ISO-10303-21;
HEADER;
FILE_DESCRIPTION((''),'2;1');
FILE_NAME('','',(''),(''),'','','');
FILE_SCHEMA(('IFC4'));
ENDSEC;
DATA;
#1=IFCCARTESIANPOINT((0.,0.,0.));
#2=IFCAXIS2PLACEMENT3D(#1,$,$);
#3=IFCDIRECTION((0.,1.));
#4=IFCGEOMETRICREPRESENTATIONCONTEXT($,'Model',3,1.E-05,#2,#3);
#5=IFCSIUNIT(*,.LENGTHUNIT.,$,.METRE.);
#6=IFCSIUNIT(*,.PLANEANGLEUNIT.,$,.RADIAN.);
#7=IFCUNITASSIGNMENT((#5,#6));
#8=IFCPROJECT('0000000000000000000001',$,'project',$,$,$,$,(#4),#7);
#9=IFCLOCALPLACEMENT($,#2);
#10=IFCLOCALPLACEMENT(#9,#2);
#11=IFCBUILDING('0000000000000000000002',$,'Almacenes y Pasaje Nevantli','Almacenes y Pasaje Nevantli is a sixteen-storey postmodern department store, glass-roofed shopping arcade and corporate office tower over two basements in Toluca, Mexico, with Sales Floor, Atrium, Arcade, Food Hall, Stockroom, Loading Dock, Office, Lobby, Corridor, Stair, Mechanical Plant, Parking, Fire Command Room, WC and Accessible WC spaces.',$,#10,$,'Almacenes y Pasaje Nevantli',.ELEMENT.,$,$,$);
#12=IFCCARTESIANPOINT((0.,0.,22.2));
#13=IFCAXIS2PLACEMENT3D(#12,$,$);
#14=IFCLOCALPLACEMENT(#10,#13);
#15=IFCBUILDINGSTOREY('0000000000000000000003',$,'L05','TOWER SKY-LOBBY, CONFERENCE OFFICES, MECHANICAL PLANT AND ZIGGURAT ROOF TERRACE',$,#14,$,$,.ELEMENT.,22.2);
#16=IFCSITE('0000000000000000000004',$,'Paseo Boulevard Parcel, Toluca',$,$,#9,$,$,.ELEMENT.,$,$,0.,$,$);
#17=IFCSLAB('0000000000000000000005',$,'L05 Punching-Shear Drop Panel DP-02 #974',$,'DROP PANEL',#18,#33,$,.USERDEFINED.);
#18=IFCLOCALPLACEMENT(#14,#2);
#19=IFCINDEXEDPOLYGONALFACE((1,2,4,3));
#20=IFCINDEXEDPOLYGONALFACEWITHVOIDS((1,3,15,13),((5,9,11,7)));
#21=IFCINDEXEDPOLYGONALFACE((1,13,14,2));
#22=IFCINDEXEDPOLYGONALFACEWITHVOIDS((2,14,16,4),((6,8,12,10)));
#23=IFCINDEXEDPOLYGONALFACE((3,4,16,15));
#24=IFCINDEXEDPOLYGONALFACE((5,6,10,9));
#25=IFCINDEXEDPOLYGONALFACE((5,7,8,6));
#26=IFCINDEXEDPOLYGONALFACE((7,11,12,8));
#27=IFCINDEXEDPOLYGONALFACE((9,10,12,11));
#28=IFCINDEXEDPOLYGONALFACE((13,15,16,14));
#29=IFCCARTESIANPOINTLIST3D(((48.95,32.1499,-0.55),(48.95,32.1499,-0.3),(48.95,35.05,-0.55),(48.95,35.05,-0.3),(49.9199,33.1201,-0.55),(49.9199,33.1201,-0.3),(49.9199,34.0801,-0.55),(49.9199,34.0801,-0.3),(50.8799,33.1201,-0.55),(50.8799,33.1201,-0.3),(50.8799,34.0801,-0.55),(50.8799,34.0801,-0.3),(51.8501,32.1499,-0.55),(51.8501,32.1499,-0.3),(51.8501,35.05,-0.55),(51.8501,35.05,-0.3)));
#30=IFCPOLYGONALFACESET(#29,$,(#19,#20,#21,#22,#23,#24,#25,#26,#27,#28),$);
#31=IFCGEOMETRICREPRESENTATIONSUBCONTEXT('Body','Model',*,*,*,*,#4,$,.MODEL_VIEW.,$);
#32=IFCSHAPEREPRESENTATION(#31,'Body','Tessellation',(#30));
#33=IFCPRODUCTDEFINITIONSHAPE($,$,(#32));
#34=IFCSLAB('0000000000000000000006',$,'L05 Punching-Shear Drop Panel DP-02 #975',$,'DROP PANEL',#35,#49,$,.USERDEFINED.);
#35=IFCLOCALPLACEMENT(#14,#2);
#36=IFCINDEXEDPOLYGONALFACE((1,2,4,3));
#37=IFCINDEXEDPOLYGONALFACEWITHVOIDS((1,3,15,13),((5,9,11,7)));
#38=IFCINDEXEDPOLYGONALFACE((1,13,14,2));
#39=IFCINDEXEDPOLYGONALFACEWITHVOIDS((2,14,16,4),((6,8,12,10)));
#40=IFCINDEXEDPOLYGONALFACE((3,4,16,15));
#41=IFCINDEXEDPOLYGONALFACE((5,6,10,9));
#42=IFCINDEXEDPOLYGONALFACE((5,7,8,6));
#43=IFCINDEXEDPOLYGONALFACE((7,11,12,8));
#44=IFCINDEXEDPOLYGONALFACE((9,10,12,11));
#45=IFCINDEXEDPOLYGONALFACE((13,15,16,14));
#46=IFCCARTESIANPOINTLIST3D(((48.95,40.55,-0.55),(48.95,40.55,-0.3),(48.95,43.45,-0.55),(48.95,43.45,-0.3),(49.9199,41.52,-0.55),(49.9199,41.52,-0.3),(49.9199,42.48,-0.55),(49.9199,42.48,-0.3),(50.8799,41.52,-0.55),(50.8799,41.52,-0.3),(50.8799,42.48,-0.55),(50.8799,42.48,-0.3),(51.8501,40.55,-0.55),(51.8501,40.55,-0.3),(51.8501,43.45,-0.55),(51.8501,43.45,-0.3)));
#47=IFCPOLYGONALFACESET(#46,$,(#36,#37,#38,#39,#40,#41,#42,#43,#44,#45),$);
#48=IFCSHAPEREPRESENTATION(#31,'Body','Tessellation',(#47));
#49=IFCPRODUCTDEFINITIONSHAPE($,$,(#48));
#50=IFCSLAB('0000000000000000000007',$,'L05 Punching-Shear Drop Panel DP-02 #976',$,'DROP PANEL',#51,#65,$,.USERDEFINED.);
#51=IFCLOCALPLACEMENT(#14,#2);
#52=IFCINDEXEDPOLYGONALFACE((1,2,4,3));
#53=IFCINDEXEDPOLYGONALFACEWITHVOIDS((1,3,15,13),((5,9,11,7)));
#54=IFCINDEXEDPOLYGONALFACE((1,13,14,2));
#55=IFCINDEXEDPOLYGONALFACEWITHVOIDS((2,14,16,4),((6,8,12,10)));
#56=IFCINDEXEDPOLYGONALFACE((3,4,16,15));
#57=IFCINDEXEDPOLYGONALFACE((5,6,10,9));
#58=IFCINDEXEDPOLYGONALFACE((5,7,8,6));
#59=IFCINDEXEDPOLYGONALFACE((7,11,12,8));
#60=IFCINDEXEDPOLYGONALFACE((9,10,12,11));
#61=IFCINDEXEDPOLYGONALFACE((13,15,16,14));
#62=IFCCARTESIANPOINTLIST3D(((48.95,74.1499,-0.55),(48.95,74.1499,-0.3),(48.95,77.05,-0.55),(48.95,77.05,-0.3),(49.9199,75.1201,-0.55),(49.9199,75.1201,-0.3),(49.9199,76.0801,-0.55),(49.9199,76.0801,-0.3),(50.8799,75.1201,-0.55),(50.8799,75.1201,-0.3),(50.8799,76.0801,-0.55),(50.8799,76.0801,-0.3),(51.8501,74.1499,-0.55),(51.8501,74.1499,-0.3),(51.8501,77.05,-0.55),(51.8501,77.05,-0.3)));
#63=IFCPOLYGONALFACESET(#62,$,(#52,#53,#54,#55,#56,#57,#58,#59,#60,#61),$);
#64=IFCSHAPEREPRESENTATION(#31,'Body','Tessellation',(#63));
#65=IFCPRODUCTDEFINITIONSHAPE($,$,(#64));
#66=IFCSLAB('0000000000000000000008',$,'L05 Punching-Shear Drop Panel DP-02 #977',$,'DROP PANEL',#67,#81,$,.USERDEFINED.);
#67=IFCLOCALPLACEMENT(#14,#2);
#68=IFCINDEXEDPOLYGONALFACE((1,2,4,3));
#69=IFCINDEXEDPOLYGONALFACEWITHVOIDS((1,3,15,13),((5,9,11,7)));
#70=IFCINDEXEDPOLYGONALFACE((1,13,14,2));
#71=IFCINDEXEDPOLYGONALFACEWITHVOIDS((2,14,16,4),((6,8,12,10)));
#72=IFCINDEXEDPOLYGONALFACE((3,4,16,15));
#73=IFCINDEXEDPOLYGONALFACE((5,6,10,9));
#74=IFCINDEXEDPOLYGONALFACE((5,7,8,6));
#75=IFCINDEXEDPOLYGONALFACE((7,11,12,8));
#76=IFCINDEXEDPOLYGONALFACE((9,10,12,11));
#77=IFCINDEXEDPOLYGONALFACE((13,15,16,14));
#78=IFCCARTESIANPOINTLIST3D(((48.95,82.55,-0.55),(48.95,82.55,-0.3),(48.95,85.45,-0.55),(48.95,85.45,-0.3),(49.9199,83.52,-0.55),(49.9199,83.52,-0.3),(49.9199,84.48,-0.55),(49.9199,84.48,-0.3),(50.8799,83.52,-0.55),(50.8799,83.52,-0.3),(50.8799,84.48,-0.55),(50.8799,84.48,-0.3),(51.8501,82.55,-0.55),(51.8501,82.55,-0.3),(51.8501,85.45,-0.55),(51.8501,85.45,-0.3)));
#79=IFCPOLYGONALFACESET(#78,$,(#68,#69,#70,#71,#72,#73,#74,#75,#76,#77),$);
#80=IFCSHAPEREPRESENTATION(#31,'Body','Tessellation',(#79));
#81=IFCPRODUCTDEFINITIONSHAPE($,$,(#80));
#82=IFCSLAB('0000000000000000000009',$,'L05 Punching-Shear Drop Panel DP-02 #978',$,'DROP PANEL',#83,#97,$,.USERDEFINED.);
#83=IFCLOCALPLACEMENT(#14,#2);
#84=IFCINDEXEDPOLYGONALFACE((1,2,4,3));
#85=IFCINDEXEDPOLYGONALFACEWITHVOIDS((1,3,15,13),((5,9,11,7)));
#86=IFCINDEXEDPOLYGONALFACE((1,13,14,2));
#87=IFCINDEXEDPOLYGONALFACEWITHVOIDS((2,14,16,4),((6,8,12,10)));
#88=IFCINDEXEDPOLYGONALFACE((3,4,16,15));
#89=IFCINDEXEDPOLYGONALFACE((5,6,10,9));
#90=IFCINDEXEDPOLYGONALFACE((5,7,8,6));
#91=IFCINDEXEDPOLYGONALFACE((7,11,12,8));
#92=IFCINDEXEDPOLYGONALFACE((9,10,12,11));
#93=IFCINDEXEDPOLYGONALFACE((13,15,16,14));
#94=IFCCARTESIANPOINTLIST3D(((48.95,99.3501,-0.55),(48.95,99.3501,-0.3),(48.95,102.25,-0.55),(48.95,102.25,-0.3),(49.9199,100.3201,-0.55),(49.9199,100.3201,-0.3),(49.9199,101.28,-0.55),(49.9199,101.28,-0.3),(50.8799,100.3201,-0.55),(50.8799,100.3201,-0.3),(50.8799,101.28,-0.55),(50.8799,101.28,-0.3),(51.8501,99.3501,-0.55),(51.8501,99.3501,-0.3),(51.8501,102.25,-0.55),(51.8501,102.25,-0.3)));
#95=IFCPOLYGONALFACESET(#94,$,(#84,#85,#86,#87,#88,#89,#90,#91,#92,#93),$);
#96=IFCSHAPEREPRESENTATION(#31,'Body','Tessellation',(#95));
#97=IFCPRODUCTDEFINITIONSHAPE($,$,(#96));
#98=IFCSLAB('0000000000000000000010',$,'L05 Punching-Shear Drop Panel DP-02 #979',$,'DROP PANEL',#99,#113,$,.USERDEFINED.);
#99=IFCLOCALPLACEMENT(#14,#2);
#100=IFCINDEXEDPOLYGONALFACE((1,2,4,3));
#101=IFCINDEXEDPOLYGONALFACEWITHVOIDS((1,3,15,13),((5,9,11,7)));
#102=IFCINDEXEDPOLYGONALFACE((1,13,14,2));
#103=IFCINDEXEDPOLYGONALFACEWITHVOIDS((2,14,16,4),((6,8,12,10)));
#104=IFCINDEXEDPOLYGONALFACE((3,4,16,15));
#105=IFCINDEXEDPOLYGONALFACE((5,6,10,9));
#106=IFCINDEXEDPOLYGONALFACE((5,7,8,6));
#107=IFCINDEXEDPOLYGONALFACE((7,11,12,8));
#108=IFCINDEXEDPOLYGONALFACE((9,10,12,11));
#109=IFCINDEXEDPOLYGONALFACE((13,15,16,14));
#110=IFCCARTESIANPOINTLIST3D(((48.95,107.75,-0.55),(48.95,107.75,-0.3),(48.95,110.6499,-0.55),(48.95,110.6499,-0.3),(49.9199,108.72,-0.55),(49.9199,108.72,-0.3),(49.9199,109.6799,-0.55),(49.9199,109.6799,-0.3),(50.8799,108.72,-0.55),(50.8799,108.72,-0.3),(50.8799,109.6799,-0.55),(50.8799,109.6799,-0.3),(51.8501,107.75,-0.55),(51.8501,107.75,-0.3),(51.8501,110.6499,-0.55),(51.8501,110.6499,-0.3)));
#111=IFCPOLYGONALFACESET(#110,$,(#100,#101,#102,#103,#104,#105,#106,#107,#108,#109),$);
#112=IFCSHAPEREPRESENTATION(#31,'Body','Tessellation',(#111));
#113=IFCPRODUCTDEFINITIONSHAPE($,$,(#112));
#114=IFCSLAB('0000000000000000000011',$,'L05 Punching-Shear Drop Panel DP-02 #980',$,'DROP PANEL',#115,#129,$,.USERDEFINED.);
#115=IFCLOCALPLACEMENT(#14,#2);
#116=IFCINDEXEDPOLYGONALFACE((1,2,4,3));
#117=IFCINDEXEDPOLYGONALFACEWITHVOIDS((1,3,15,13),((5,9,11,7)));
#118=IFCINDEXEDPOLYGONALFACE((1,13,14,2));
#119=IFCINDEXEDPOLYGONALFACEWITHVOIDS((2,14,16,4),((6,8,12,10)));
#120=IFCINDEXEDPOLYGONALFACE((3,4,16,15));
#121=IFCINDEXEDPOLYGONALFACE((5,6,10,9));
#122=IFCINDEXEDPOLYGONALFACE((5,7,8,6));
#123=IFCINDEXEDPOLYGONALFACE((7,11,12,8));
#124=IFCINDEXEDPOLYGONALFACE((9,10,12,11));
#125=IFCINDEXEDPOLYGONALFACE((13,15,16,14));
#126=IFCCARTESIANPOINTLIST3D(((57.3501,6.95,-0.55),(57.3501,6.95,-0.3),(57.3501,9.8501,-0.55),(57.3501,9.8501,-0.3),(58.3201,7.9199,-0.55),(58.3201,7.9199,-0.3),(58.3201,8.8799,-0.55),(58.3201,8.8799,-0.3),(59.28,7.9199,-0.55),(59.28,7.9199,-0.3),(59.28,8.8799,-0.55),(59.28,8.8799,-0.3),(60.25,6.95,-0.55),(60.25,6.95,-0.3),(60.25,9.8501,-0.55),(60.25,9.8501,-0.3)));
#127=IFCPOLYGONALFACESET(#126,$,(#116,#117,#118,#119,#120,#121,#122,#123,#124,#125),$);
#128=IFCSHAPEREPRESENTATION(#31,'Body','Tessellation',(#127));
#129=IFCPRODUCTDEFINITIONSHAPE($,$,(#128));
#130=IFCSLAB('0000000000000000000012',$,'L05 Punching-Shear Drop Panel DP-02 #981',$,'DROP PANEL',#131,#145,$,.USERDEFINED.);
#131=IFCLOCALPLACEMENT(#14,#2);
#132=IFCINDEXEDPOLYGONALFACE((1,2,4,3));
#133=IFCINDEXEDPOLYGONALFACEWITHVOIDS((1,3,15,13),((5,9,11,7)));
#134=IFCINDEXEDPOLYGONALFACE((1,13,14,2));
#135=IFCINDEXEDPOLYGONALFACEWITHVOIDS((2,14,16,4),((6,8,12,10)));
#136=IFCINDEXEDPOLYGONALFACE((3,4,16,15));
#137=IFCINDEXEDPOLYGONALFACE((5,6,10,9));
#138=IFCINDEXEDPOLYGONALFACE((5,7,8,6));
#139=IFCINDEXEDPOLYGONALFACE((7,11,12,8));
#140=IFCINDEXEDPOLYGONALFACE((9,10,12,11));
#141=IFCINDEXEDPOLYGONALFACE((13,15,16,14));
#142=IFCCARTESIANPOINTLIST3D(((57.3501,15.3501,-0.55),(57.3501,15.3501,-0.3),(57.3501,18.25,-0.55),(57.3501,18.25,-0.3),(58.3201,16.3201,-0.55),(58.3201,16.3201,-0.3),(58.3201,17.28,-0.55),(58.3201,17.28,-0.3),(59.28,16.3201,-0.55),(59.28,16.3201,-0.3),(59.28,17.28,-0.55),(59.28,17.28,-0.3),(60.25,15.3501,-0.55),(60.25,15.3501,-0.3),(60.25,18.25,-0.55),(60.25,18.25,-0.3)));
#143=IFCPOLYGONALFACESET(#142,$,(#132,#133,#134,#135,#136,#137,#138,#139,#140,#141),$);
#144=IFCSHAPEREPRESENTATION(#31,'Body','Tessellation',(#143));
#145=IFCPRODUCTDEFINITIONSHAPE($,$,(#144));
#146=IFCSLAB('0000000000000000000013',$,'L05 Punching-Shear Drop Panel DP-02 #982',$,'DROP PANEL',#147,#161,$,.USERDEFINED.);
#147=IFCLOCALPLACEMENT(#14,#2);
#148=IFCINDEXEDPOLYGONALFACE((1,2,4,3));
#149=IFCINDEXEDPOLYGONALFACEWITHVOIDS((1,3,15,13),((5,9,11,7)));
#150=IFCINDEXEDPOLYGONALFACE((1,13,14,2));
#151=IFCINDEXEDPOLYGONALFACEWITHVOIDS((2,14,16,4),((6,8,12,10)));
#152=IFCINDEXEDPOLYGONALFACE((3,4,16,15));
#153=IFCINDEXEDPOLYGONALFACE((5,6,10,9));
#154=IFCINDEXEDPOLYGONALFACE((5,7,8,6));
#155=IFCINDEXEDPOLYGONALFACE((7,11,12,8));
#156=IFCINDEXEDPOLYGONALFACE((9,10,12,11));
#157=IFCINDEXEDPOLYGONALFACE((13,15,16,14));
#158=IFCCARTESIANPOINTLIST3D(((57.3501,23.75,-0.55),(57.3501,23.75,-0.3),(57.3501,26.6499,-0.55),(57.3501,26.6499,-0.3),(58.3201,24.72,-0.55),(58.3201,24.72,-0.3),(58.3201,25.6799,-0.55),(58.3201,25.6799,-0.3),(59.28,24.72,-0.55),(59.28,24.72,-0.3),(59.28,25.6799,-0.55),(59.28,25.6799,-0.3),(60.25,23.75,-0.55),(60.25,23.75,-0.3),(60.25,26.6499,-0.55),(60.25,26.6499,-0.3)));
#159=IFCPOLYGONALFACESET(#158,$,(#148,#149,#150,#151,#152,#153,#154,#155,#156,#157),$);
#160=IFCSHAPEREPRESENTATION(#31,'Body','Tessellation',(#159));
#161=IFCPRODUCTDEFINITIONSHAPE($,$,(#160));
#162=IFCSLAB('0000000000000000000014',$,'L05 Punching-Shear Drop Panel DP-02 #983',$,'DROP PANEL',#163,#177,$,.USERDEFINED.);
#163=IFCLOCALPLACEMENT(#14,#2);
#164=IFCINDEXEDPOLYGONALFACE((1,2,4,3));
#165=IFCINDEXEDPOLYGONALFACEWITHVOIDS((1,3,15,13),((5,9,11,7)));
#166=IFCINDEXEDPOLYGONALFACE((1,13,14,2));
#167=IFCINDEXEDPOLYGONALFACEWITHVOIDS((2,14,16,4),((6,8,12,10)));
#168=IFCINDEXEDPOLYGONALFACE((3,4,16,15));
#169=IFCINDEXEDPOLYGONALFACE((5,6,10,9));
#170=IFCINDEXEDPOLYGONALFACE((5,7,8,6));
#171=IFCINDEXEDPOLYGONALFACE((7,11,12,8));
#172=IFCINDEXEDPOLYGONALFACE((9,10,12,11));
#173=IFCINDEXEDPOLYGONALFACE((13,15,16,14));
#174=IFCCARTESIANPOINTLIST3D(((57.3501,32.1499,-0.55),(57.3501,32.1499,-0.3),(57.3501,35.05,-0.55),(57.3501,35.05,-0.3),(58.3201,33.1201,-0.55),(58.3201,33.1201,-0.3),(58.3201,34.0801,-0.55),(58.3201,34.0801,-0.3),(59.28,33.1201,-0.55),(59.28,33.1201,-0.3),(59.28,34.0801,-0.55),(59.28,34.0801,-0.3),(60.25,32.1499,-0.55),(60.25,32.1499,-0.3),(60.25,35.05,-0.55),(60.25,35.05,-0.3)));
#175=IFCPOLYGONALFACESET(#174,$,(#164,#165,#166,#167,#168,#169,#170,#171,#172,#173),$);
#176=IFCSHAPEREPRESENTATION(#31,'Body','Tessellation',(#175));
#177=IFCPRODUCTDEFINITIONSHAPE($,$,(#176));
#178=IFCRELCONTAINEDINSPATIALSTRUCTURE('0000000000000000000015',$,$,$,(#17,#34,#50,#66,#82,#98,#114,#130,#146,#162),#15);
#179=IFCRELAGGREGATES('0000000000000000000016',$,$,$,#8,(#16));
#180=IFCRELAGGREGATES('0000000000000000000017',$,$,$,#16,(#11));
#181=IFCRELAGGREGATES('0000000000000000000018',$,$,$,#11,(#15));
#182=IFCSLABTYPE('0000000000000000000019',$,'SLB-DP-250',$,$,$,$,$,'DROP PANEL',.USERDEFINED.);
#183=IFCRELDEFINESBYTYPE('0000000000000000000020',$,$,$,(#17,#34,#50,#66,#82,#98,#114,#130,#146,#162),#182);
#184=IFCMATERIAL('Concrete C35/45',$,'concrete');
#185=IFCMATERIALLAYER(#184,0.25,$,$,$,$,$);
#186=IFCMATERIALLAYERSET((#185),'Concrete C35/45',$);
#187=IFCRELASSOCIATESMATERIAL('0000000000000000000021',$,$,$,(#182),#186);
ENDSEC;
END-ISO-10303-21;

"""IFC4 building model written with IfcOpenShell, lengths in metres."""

from ifc_helpers import new_model, si_unit, direction, frame, origin, place, context, subcontext, project, spatial, polyline, outline, extrude, material, layer, layer_set, type_object, element, save


model = new_model("IFC4")

# Units and contexts
model_context = context("Model", 3, precision=1e-05, world=origin(), true_north=direction((0.0, 1.0)))
body_context = subcontext(model_context, "Body", "Model", "MODEL_VIEW")
ifc_project = project(units=[si_unit("LENGTHUNIT", "METRE"), si_unit("PLANEANGLEUNIT", "RADIAN")], contexts=[model_context])

# Site, building, storey
site_placement = place(None, origin())
site = spatial("IfcSite", under=ifc_project, at=site_placement, Name="Paseo Boulevard Parcel, Toluca", CompositionType="ELEMENT", RefElevation=0.0)
building_placement = place(site_placement, origin())
building = spatial("IfcBuilding", under=site, at=building_placement, Name="Almacenes y Pasaje Nevantli", Description="Almacenes y Pasaje Nevantli is a sixteen-storey postmodern department store, glass-roofed shopping arcade and corporate office tower over two basements in Toluca, Mexico, with Sales Floor, Atrium, Arcade, Food Hall, Stockroom, Loading Dock, Office, Lobby, Corridor, Stair, Mechanical Plant, Parking, Fire Command Room, WC and Accessible WC spaces.", LongName="Almacenes y Pasaje Nevantli", CompositionType="ELEMENT")
storey_placement = place(building_placement, frame((0.0, 0.0, 22.2)))
storey = spatial("IfcBuildingStorey", under=building, at=storey_placement, Name="L05", Description="TOWER SKY-LOBBY, CONFERENCE OFFICES, MECHANICAL PLANT AND ZIGGURAT ROOF TERRACE", CompositionType="ELEMENT", Elevation=22.2)

# Slabs
ifc_material = material(Name="Concrete C35/45", Category="concrete")
ifc_layer = layer(ifc_material, 0.25)
ifc_layer_set = layer_set([ifc_layer], Name="Concrete C35/45")
slab_type = type_object("IfcSlabType", Name="SLB-DP-250", ElementType="DROP PANEL", PredefinedType="USERDEFINED", material=ifc_layer_set)
slab_1_placement = place(storey_placement, frame((0.0, 0.0, -0.55)))
element("IfcSlab", 1, at=slab_1_placement, inside=storey, type_object=slab_type, Name="L05 Punching-Shear Drop Panel DP-02 #974", ObjectType="DROP PANEL", PredefinedType="USERDEFINED", context=body_context, shape_type="SweptSolid", body=[
    extrude(outline(polyline([(48.95, 32.1499), (51.8501, 32.1499), (51.8501, 35.05), (48.95, 35.05), (48.95, 32.1499)]), holes=[polyline([(49.9199, 33.1201), (50.8799, 33.1201), (50.8799, 34.0801), (49.9199, 34.0801), (49.9199, 33.1201)])]), origin(), (0.0, 0.0, 1.0), 0.25),
])
slab_2_placement = place(storey_placement, frame((0.0, 0.0, -0.55)))
element("IfcSlab", 2, at=slab_2_placement, inside=storey, type_object=slab_type, Name="L05 Punching-Shear Drop Panel DP-02 #975", ObjectType="DROP PANEL", PredefinedType="USERDEFINED", context=body_context, shape_type="SweptSolid", body=[
    extrude(outline(polyline([(48.95, 40.55), (51.8501, 40.55), (51.8501, 43.45), (48.95, 43.45), (48.95, 40.55)]), holes=[polyline([(49.9199, 41.52), (50.8799, 41.52), (50.8799, 42.48), (49.9199, 42.48), (49.9199, 41.52)])]), origin(), (0.0, 0.0, 1.0), 0.25),
])
slab_3_placement = place(storey_placement, frame((0.0, 0.0, -0.55)))
element("IfcSlab", 3, at=slab_3_placement, inside=storey, type_object=slab_type, Name="L05 Punching-Shear Drop Panel DP-02 #976", ObjectType="DROP PANEL", PredefinedType="USERDEFINED", context=body_context, shape_type="SweptSolid", body=[
    extrude(outline(polyline([(48.95, 74.1499), (51.8501, 74.1499), (51.8501, 77.05), (48.95, 77.05), (48.95, 74.1499)]), holes=[polyline([(49.9199, 75.1201), (50.8799, 75.1201), (50.8799, 76.0801), (49.9199, 76.0801), (49.9199, 75.1201)])]), origin(), (0.0, 0.0, 1.0), 0.25),
])
slab_4_placement = place(storey_placement, frame((0.0, 0.0, -0.55)))
element("IfcSlab", 4, at=slab_4_placement, inside=storey, type_object=slab_type, Name="L05 Punching-Shear Drop Panel DP-02 #977", ObjectType="DROP PANEL", PredefinedType="USERDEFINED", context=body_context, shape_type="SweptSolid", body=[
    extrude(outline(polyline([(48.95, 82.55), (51.8501, 82.55), (51.8501, 85.45), (48.95, 85.45), (48.95, 82.55)]), holes=[polyline([(49.9199, 83.52), (50.8799, 83.52), (50.8799, 84.48), (49.9199, 84.48), (49.9199, 83.52)])]), origin(), (0.0, 0.0, 1.0), 0.25),
])
slab_5_placement = place(storey_placement, frame((0.0, 0.0, -0.55)))
element("IfcSlab", 5, at=slab_5_placement, inside=storey, type_object=slab_type, Name="L05 Punching-Shear Drop Panel DP-02 #978", ObjectType="DROP PANEL", PredefinedType="USERDEFINED", context=body_context, shape_type="SweptSolid", body=[
    extrude(outline(polyline([(48.95, 99.3501), (51.8501, 99.3501), (51.8501, 102.25), (48.95, 102.25), (48.95, 99.3501)]), holes=[polyline([(49.9199, 100.3201), (50.8799, 100.3201), (50.8799, 101.28), (49.9199, 101.28), (49.9199, 100.3201)])]), origin(), (0.0, 0.0, 1.0), 0.25),
])
slab_6_placement = place(storey_placement, frame((0.0, 0.0, -0.55)))
element("IfcSlab", 6, at=slab_6_placement, inside=storey, type_object=slab_type, Name="L05 Punching-Shear Drop Panel DP-02 #979", ObjectType="DROP PANEL", PredefinedType="USERDEFINED", context=body_context, shape_type="SweptSolid", body=[
    extrude(outline(polyline([(48.95, 107.75), (51.8501, 107.75), (51.8501, 110.6499), (48.95, 110.6499), (48.95, 107.75)]), holes=[polyline([(49.9199, 108.72), (50.8799, 108.72), (50.8799, 109.6799), (49.9199, 109.6799), (49.9199, 108.72)])]), origin(), (0.0, 0.0, 1.0), 0.25),
])
slab_7_placement = place(storey_placement, frame((0.0, 0.0, -0.55)))
element("IfcSlab", 7, at=slab_7_placement, inside=storey, type_object=slab_type, Name="L05 Punching-Shear Drop Panel DP-02 #980", ObjectType="DROP PANEL", PredefinedType="USERDEFINED", context=body_context, shape_type="SweptSolid", body=[
    extrude(outline(polyline([(57.3501, 6.95), (60.25, 6.95), (60.25, 9.8501), (57.3501, 9.8501), (57.3501, 6.95)]), holes=[polyline([(58.3201, 7.9199), (59.28, 7.9199), (59.28, 8.8799), (58.3201, 8.8799), (58.3201, 7.9199)])]), origin(), (0.0, 0.0, 1.0), 0.25),
])
slab_8_placement = place(storey_placement, frame((0.0, 0.0, -0.55)))
element("IfcSlab", 8, at=slab_8_placement, inside=storey, type_object=slab_type, Name="L05 Punching-Shear Drop Panel DP-02 #981", ObjectType="DROP PANEL", PredefinedType="USERDEFINED", context=body_context, shape_type="SweptSolid", body=[
    extrude(outline(polyline([(57.3501, 15.3501), (60.25, 15.3501), (60.25, 18.25), (57.3501, 18.25), (57.3501, 15.3501)]), holes=[polyline([(58.3201, 16.3201), (59.28, 16.3201), (59.28, 17.28), (58.3201, 17.28), (58.3201, 16.3201)])]), origin(), (0.0, 0.0, 1.0), 0.25),
])
slab_9_placement = place(storey_placement, frame((0.0, 0.0, -0.55)))
element("IfcSlab", 9, at=slab_9_placement, inside=storey, type_object=slab_type, Name="L05 Punching-Shear Drop Panel DP-02 #982", ObjectType="DROP PANEL", PredefinedType="USERDEFINED", context=body_context, shape_type="SweptSolid", body=[
    extrude(outline(polyline([(57.3501, 23.75), (60.25, 23.75), (60.25, 26.6499), (57.3501, 26.6499), (57.3501, 23.75)]), holes=[polyline([(58.3201, 24.72), (59.28, 24.72), (59.28, 25.6799), (58.3201, 25.6799), (58.3201, 24.72)])]), origin(), (0.0, 0.0, 1.0), 0.25),
])
slab_10_placement = place(storey_placement, frame((0.0, 0.0, -0.55)))
element("IfcSlab", 10, at=slab_10_placement, inside=storey, type_object=slab_type, Name="L05 Punching-Shear Drop Panel DP-02 #983", ObjectType="DROP PANEL", PredefinedType="USERDEFINED", context=body_context, shape_type="SweptSolid", body=[
    extrude(outline(polyline([(57.3501, 32.1499), (60.25, 32.1499), (60.25, 35.05), (57.3501, 35.05), (57.3501, 32.1499)]), holes=[polyline([(58.3201, 33.1201), (59.28, 33.1201), (59.28, 34.0801), (58.3201, 34.0801), (58.3201, 33.1201)])]), origin(), (0.0, 0.0, 1.0), 0.25),
])

save(model, "model.ifc")
